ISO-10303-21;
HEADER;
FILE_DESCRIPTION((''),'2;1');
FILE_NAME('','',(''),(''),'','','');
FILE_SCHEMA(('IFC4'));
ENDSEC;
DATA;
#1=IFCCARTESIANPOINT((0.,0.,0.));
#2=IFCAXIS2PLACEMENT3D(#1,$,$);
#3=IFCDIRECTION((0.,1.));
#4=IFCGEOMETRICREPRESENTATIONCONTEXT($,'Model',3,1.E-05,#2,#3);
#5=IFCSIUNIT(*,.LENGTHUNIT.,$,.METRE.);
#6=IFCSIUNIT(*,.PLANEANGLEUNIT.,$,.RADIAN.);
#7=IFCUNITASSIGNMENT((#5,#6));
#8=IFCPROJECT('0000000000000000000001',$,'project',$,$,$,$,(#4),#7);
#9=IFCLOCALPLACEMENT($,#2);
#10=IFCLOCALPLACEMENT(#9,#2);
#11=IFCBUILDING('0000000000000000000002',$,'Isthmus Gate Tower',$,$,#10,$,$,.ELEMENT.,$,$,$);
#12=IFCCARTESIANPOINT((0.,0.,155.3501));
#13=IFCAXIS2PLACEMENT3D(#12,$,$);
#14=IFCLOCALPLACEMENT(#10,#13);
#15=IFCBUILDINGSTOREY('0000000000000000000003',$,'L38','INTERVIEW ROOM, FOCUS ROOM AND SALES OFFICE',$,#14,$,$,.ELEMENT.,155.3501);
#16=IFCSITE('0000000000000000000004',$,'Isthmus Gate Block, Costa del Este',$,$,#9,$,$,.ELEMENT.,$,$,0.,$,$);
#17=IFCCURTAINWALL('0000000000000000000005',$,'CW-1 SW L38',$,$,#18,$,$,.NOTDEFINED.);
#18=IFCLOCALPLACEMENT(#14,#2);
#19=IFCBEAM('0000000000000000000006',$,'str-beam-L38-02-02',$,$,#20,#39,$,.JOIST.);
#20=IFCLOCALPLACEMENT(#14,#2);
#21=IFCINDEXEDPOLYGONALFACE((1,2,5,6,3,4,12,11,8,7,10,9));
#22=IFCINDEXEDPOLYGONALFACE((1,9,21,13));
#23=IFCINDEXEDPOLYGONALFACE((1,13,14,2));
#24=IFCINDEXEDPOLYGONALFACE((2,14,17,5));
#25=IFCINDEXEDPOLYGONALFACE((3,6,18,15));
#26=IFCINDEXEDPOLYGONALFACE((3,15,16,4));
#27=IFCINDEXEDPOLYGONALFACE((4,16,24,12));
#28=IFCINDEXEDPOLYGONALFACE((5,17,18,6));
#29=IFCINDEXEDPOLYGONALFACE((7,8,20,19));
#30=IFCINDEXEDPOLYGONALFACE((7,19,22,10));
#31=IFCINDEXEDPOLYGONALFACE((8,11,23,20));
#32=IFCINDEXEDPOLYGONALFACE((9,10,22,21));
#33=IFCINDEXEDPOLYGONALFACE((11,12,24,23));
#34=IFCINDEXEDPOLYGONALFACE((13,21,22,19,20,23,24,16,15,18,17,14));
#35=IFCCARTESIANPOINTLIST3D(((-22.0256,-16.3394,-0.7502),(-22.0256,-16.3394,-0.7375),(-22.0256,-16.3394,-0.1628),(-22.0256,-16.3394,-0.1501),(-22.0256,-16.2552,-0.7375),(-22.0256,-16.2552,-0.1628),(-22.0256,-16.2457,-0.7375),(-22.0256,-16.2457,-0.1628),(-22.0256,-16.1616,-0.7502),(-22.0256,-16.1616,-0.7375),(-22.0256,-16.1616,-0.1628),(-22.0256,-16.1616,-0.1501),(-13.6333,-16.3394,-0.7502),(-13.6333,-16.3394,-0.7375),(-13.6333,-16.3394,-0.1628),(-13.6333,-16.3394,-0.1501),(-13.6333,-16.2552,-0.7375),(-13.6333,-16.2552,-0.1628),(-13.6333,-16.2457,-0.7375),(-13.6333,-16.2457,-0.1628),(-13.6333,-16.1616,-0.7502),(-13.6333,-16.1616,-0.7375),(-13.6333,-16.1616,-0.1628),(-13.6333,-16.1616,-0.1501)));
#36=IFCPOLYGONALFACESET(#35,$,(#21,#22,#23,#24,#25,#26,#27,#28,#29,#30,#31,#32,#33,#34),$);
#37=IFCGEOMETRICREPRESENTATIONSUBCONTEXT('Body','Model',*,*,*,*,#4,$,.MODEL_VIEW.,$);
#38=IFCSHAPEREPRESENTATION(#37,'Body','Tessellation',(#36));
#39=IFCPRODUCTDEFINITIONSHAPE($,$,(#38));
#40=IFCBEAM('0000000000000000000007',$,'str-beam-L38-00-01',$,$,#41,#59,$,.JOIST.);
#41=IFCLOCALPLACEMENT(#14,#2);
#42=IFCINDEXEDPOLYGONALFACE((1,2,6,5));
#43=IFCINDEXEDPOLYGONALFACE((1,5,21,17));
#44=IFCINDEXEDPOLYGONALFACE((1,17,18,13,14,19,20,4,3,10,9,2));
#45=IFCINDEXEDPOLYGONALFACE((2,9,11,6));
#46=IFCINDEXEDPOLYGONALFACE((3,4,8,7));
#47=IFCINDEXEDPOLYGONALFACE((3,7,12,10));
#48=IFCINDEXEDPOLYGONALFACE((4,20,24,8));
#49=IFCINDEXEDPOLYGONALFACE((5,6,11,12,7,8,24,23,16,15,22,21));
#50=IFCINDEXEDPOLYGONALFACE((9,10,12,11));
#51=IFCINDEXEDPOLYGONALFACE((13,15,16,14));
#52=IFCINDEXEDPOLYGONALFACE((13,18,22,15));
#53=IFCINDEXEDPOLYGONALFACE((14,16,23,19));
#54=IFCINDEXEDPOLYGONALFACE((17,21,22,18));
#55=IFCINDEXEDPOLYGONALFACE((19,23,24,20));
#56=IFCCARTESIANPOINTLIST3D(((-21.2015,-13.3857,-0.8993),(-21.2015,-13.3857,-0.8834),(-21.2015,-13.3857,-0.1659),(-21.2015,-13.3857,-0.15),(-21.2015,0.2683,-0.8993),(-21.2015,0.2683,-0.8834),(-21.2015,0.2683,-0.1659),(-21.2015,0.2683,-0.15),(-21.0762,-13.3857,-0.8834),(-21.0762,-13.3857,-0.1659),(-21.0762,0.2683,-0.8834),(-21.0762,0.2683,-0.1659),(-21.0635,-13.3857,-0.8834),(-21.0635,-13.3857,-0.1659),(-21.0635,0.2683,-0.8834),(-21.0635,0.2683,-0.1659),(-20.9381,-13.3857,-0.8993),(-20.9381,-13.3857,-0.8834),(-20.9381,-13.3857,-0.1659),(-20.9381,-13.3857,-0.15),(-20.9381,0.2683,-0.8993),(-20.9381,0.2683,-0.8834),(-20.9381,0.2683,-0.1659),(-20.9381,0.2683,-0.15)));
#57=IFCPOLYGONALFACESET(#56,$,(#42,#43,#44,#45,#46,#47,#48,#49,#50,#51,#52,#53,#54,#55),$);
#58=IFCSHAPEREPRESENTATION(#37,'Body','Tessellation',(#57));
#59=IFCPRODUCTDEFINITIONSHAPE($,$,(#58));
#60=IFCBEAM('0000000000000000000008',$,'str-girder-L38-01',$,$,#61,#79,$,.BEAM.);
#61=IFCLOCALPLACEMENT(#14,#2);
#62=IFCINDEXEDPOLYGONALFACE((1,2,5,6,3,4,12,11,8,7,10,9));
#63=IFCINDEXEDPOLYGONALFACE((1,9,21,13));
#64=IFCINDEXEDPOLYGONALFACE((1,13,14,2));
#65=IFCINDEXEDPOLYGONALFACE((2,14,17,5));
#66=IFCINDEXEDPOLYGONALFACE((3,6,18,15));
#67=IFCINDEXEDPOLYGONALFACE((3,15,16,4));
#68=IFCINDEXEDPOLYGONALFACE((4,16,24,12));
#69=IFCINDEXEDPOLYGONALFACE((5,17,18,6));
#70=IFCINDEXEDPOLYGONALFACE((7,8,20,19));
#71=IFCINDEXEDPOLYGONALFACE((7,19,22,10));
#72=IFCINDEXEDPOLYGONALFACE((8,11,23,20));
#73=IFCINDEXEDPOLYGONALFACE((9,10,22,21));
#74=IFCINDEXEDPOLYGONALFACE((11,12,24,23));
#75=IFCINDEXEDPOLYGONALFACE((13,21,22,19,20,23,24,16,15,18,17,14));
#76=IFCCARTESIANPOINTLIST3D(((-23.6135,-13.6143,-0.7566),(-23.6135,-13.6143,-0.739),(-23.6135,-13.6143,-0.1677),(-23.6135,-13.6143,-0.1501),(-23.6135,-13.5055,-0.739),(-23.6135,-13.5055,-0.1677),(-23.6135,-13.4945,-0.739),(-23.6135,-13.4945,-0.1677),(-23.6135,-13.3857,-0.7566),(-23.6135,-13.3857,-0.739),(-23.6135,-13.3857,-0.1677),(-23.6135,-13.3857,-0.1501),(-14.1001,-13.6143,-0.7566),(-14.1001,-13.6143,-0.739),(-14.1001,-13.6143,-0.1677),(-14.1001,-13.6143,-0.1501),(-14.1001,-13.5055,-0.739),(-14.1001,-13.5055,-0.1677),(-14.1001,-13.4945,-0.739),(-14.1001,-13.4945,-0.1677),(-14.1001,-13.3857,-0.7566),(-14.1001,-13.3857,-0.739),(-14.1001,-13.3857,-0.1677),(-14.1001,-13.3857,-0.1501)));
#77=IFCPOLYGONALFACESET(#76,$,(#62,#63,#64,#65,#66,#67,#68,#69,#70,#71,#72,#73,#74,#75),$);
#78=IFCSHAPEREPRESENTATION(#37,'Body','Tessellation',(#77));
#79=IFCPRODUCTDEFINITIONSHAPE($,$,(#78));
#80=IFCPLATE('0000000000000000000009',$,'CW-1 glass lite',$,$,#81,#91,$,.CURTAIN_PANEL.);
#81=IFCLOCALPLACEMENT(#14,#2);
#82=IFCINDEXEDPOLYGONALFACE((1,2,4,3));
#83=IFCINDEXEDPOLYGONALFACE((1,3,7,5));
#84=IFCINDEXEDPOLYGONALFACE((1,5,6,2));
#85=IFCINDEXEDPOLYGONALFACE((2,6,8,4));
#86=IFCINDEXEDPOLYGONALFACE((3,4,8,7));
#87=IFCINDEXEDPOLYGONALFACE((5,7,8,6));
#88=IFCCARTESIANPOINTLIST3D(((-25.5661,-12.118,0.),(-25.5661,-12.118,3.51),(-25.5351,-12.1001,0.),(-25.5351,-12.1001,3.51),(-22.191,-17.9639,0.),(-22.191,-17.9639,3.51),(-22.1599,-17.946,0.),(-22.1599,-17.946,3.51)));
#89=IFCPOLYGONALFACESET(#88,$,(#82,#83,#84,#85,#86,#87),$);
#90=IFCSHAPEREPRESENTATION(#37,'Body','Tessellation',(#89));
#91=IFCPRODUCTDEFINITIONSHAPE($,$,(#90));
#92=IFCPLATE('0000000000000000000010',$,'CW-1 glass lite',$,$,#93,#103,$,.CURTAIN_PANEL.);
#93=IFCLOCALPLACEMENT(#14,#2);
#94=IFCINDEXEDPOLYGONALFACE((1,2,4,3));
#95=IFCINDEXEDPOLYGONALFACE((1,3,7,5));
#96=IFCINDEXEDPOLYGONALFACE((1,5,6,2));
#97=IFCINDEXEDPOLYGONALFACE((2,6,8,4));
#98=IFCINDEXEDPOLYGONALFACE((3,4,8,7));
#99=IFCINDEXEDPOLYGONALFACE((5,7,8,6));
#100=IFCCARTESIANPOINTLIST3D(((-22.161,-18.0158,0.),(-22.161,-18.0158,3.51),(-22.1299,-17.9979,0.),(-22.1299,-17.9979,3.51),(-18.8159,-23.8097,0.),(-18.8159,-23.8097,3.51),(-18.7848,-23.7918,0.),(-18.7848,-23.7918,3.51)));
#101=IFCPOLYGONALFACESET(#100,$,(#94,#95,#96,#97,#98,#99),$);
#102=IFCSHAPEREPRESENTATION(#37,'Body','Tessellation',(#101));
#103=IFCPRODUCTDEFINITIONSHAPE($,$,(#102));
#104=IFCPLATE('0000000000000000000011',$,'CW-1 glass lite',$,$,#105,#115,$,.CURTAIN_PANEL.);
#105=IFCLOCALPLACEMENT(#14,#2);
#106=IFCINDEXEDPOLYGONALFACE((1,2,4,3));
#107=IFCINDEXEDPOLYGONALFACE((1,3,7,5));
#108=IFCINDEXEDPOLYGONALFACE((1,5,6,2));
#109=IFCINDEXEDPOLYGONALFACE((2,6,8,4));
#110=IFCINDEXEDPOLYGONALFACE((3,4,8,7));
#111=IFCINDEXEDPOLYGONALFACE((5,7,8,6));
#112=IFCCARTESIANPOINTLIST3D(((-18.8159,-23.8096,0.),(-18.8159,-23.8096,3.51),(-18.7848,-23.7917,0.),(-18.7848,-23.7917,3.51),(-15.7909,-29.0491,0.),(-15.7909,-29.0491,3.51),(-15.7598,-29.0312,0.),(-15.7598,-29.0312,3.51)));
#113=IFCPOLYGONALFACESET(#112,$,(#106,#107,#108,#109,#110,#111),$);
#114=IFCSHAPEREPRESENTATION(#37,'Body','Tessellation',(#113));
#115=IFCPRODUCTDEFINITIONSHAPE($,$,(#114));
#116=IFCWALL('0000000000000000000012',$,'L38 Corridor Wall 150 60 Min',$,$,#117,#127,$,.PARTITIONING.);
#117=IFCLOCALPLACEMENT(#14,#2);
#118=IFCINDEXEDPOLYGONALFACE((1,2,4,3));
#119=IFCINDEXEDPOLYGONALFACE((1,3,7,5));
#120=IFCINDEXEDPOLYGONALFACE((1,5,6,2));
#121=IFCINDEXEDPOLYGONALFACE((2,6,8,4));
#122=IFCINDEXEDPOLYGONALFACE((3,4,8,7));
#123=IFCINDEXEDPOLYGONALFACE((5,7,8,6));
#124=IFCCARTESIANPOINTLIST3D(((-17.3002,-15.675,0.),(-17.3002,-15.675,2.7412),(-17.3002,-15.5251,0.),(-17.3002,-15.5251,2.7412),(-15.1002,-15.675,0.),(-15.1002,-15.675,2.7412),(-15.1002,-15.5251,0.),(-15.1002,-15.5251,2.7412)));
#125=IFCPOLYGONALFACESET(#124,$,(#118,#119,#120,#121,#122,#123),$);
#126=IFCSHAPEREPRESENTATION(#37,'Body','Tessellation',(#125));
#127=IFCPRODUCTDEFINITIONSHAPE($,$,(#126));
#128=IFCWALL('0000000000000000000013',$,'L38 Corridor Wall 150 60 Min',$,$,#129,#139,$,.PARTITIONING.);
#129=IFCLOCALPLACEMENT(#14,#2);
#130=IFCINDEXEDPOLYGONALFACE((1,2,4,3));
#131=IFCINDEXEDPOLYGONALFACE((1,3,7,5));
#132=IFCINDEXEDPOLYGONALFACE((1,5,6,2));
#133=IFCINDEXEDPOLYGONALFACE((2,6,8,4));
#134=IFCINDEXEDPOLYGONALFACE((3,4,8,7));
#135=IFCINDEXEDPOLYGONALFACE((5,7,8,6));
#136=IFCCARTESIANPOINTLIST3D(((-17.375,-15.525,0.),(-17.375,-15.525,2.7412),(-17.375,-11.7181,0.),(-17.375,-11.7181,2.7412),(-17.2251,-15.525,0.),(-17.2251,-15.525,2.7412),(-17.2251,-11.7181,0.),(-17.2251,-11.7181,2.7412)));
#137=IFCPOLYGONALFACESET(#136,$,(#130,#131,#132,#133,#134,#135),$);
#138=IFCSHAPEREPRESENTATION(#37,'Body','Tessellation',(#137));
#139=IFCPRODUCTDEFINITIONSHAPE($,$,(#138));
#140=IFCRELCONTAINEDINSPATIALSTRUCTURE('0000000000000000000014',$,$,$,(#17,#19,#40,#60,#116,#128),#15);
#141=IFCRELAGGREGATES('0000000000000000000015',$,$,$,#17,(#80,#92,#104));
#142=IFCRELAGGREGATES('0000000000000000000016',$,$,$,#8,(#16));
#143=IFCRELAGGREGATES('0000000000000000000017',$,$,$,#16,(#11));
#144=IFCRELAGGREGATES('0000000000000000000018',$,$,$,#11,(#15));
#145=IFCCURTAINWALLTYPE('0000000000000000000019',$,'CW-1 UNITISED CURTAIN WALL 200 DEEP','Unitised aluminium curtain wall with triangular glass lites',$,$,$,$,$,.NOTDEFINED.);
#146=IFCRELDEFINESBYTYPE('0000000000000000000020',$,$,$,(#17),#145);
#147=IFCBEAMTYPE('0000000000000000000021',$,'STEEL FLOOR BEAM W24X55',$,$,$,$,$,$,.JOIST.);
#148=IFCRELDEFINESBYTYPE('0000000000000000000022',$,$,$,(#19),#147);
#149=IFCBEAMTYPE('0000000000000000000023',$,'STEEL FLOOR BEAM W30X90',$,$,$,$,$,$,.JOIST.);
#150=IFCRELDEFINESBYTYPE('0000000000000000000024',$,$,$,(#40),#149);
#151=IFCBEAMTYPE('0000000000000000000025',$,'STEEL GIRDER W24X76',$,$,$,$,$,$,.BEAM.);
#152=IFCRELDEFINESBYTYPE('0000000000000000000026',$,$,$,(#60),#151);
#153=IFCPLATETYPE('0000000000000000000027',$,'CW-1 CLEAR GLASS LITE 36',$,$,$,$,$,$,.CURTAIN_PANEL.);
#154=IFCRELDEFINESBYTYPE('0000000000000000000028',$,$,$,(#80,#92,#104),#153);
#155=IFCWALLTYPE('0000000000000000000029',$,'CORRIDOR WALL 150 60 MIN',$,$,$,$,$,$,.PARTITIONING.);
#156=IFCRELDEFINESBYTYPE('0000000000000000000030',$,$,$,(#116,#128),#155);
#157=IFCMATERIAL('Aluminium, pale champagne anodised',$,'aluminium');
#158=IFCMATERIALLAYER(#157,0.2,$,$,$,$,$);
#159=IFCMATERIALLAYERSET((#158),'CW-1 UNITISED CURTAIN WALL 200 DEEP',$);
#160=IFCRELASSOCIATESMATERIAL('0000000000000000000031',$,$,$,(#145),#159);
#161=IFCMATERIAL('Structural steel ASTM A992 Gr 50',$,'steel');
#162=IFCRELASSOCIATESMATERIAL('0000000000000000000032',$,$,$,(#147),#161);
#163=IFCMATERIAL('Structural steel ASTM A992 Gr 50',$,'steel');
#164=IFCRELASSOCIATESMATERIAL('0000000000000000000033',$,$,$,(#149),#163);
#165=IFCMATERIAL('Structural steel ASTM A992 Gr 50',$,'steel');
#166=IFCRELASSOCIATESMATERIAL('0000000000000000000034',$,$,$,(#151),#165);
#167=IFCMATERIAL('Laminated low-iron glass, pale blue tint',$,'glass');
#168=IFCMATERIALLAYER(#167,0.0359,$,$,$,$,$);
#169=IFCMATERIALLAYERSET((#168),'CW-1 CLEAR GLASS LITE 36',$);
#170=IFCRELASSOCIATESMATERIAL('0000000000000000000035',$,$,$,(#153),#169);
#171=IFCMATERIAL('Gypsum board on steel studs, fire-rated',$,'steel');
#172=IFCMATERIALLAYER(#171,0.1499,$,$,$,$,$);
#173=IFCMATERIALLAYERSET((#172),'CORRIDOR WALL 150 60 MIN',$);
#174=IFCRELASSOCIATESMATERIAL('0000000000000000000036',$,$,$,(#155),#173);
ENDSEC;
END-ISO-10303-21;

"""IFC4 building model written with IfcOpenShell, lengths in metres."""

from ifc_helpers import new_model, si_unit, direction, frame, frame_2d, origin, origin_2d, place, context, subcontext, project, spatial, rectangle, i_section, extrude, material, layer, layer_set, material_profile, profile_set, type_object, element, aggregate, save


model = new_model("IFC4")

# Units and contexts
model_context = context("Model", 3, precision=1e-05, world=origin(), true_north=direction((0.0, 1.0)))
body_context = subcontext(model_context, "Body", "Model", "MODEL_VIEW")
ifc_project = project(units=[si_unit("LENGTHUNIT", "METRE"), si_unit("PLANEANGLEUNIT", "RADIAN")], contexts=[model_context])

# Site, building, storey
site_placement = place(None, origin())
site = spatial("IfcSite", under=ifc_project, at=site_placement, Name="Isthmus Gate Block, Costa del Este", CompositionType="ELEMENT", RefElevation=0.0)
building_placement = place(site_placement, origin())
building = spatial("IfcBuilding", under=site, at=building_placement, Name="Isthmus Gate Tower", CompositionType="ELEMENT")
storey_placement = place(building_placement, frame((0.0, 0.0, 155.3501)))
storey = spatial("IfcBuildingStorey", under=building, at=storey_placement, Name="L38", Description="INTERVIEW ROOM, FOCUS ROOM AND SALES OFFICE", CompositionType="ELEMENT", Elevation=155.3501)

# Curtain wall
ifc_material_1 = material(Name="Aluminium, pale champagne anodised", Category="aluminium")
ifc_layer_1 = layer(ifc_material_1, 0.2)
ifc_layer_set_1 = layer_set([ifc_layer_1], Name="CW-1 UNITISED CURTAIN WALL 200 DEEP")
curtain_wall_type = type_object("IfcCurtainWallType", Name="CW-1 UNITISED CURTAIN WALL 200 DEEP", Description="Unitised aluminium curtain wall with triangular glass lites", PredefinedType="NOTDEFINED", material=ifc_layer_set_1)
curtain_wall_1_placement = place(storey_placement, origin())
curtain_wall_1 = element("IfcCurtainWall", 1, at=curtain_wall_1_placement, inside=storey, type_object=curtain_wall_type, Name="CW-1 SW L38", PredefinedType="NOTDEFINED")

# Beams
ifc_material_2 = material(Name="Structural steel ASTM A992 Gr 50", Category="steel")
ifc_material_profile_1 = material_profile(ifc_material_2, i_section(OverallWidth=0.1777, OverallDepth=0.6001, WebThickness=0.0095, FlangeThickness=0.0127, at=origin_2d()), Name="W24X55")
ifc_profile_set_1 = profile_set([ifc_material_profile_1], Name="Structural steel ASTM A992 Gr 50")
beam_type_1 = type_object("IfcBeamType", Name="STEEL FLOOR BEAM W24X55", PredefinedType="JOIST", material=ifc_profile_set_1)
beam_1_placement = place(storey_placement, frame((-22.0256, -16.2505, -0.4502), z_axis=(1.0, 0.0, 0.0), x_axis=(0.0, 1.0, 0.0)))
element("IfcBeam", 2, at=beam_1_placement, inside=storey, type_object=beam_type_1, Name="str-beam-L38-02-02", PredefinedType="JOIST", context=body_context, shape_type="SweptSolid", body=[
    extrude(i_section(OverallWidth=0.1777, OverallDepth=0.6001, WebThickness=0.0095, FlangeThickness=0.0127, at=origin_2d()), origin(), (0.0, 0.0, 1.0), 8.3923),
])
ifc_material_3 = material(Name="Structural steel ASTM A992 Gr 50", Category="steel")
ifc_material_profile_2 = material_profile(ifc_material_3, i_section(OverallWidth=0.2634, OverallDepth=0.7493, WebThickness=0.0127, FlangeThickness=0.0159, at=origin_2d()), Name="W30X90")
ifc_profile_set_2 = profile_set([ifc_material_profile_2], Name="Structural steel ASTM A992 Gr 50")
beam_type_2 = type_object("IfcBeamType", Name="STEEL FLOOR BEAM W30X90", PredefinedType="JOIST", material=ifc_profile_set_2)
beam_2_placement = place(storey_placement, frame((-21.0698, -13.3857, -0.5247), z_axis=(0.0, 1.0, 0.0), x_axis=(-1.0, 0.0, 0.0)))
element("IfcBeam", 3, at=beam_2_placement, inside=storey, type_object=beam_type_2, Name="str-beam-L38-00-01", PredefinedType="JOIST", context=body_context, shape_type="SweptSolid", body=[
    extrude(i_section(OverallWidth=0.2634, OverallDepth=0.7493, WebThickness=0.0127, FlangeThickness=0.0159, at=origin_2d()), origin(), (0.0, 0.0, 1.0), 13.6541),
])
ifc_material_4 = material(Name="Structural steel ASTM A992 Gr 50", Category="steel")
ifc_material_profile_3 = material_profile(ifc_material_4, i_section(OverallWidth=0.2285, OverallDepth=0.6064, WebThickness=0.011, FlangeThickness=0.0176, at=origin_2d()), Name="W24X76")
ifc_profile_set_3 = profile_set([ifc_material_profile_3], Name="Structural steel ASTM A992 Gr 50")
beam_type_3 = type_object("IfcBeamType", Name="STEEL GIRDER W24X76", PredefinedType="BEAM", material=ifc_profile_set_3)
beam_3_placement = place(storey_placement, frame((-23.6135, -13.5, -0.4534), z_axis=(1.0, 0.0, 0.0), x_axis=(0.0, 1.0, 0.0)))
element("IfcBeam", 4, at=beam_3_placement, inside=storey, type_object=beam_type_3, Name="str-girder-L38-01", PredefinedType="BEAM", context=body_context, shape_type="SweptSolid", body=[
    extrude(i_section(OverallWidth=0.2285, OverallDepth=0.6064, WebThickness=0.011, FlangeThickness=0.0176, at=origin_2d()), origin(), (0.0, 0.0, 1.0), 9.5134),
])

# Plates
ifc_material_5 = material(Name="Laminated low-iron glass, pale blue tint", Category="glass")
ifc_layer_2 = layer(ifc_material_5, 0.0359)
ifc_layer_set_2 = layer_set([ifc_layer_2], Name="CW-1 CLEAR GLASS LITE 36")
plate_type = type_object("IfcPlateType", Name="CW-1 CLEAR GLASS LITE 36", PredefinedType="CURTAIN_PANEL", material=ifc_layer_set_2)
plate_1_placement = place(storey_placement, frame((-23.863, -15.032, 0.0), z_axis=(0.0, 0.0, 1.0), x_axis=(0.5, -0.866025, 0.0)))
plate_1 = element("IfcPlate", 5, at=plate_1_placement, type_object=plate_type, Name="CW-1 glass lite", PredefinedType="CURTAIN_PANEL", context=body_context, shape_type="SweptSolid", body=[
    extrude(rectangle(XDim=6.7502, YDim=0.0359, at=origin_2d()), origin(), (0.0, 0.0, 1.0), 3.51),
])
plate_2_placement = place(storey_placement, frame((-20.4729, -20.9038, 0.0), z_axis=(0.0, 0.0, 1.0), x_axis=(0.5, -0.866025, 0.0)))
plate_2 = element("IfcPlate", 6, at=plate_2_placement, type_object=plate_type, Name="CW-1 glass lite", PredefinedType="CURTAIN_PANEL", context=body_context, shape_type="SweptSolid", body=[
    extrude(rectangle(XDim=6.6902, YDim=0.0359, at=origin_2d()), origin(), (0.0, 0.0, 1.0), 3.51),
])
plate_3_placement = place(storey_placement, frame((-17.2878, -26.4204, 0.0), z_axis=(0.0, 0.0, 1.0), x_axis=(0.5, -0.866025, 0.0)))
plate_3 = element("IfcPlate", 7, at=plate_3_placement, type_object=plate_type, Name="CW-1 glass lite", PredefinedType="CURTAIN_PANEL", context=body_context, shape_type="SweptSolid", body=[
    extrude(rectangle(XDim=6.05, YDim=0.0359, at=origin_2d()), origin(), (0.0, 0.0, 1.0), 3.51),
])
aggregate(curtain_wall_1, [plate_1, plate_2, plate_3])

# Walls
ifc_material_6 = material(Name="Gypsum board on steel studs, fire-rated", Category="steel")
ifc_layer_3 = layer(ifc_material_6, 0.1499)
ifc_layer_set_3 = layer_set([ifc_layer_3], Name="CORRIDOR WALL 150 60 MIN")
wall_type = type_object("IfcWallType", Name="CORRIDOR WALL 150 60 MIN", PredefinedType="PARTITIONING", material=ifc_layer_set_3)
wall_1_placement = place(storey_placement, frame((-15.1001, -15.6001, 0.0), z_axis=(0.0, 0.0, 1.0), x_axis=(-1.0, 0.0, 0.0)))
element("IfcWall", 8, at=wall_1_placement, inside=storey, type_object=wall_type, Name="L38 Corridor Wall 150 60 Min", PredefinedType="PARTITIONING", context=body_context, shape_type="SweptSolid", body=[
    extrude(rectangle(XDim=2.2, YDim=0.1499, at=frame_2d((1.1001, 0.0))), origin(), (0.0, 0.0, 1.0), 2.7412),
])
wall_2_placement = place(storey_placement, frame((-17.3, -15.5249, 0.0), z_axis=(0.0, 0.0, 1.0), x_axis=(0.0, 1.0, 0.0)))
element("IfcWall", 9, at=wall_2_placement, inside=storey, type_object=wall_type, Name="L38 Corridor Wall 150 60 Min", PredefinedType="PARTITIONING", context=body_context, shape_type="SweptSolid", body=[
    extrude(rectangle(XDim=3.8069, YDim=0.1499, at=frame_2d((1.9033, 0.0))), origin(), (0.0, 0.0, 1.0), 2.7412),
])

save(model, "model.ifc")
